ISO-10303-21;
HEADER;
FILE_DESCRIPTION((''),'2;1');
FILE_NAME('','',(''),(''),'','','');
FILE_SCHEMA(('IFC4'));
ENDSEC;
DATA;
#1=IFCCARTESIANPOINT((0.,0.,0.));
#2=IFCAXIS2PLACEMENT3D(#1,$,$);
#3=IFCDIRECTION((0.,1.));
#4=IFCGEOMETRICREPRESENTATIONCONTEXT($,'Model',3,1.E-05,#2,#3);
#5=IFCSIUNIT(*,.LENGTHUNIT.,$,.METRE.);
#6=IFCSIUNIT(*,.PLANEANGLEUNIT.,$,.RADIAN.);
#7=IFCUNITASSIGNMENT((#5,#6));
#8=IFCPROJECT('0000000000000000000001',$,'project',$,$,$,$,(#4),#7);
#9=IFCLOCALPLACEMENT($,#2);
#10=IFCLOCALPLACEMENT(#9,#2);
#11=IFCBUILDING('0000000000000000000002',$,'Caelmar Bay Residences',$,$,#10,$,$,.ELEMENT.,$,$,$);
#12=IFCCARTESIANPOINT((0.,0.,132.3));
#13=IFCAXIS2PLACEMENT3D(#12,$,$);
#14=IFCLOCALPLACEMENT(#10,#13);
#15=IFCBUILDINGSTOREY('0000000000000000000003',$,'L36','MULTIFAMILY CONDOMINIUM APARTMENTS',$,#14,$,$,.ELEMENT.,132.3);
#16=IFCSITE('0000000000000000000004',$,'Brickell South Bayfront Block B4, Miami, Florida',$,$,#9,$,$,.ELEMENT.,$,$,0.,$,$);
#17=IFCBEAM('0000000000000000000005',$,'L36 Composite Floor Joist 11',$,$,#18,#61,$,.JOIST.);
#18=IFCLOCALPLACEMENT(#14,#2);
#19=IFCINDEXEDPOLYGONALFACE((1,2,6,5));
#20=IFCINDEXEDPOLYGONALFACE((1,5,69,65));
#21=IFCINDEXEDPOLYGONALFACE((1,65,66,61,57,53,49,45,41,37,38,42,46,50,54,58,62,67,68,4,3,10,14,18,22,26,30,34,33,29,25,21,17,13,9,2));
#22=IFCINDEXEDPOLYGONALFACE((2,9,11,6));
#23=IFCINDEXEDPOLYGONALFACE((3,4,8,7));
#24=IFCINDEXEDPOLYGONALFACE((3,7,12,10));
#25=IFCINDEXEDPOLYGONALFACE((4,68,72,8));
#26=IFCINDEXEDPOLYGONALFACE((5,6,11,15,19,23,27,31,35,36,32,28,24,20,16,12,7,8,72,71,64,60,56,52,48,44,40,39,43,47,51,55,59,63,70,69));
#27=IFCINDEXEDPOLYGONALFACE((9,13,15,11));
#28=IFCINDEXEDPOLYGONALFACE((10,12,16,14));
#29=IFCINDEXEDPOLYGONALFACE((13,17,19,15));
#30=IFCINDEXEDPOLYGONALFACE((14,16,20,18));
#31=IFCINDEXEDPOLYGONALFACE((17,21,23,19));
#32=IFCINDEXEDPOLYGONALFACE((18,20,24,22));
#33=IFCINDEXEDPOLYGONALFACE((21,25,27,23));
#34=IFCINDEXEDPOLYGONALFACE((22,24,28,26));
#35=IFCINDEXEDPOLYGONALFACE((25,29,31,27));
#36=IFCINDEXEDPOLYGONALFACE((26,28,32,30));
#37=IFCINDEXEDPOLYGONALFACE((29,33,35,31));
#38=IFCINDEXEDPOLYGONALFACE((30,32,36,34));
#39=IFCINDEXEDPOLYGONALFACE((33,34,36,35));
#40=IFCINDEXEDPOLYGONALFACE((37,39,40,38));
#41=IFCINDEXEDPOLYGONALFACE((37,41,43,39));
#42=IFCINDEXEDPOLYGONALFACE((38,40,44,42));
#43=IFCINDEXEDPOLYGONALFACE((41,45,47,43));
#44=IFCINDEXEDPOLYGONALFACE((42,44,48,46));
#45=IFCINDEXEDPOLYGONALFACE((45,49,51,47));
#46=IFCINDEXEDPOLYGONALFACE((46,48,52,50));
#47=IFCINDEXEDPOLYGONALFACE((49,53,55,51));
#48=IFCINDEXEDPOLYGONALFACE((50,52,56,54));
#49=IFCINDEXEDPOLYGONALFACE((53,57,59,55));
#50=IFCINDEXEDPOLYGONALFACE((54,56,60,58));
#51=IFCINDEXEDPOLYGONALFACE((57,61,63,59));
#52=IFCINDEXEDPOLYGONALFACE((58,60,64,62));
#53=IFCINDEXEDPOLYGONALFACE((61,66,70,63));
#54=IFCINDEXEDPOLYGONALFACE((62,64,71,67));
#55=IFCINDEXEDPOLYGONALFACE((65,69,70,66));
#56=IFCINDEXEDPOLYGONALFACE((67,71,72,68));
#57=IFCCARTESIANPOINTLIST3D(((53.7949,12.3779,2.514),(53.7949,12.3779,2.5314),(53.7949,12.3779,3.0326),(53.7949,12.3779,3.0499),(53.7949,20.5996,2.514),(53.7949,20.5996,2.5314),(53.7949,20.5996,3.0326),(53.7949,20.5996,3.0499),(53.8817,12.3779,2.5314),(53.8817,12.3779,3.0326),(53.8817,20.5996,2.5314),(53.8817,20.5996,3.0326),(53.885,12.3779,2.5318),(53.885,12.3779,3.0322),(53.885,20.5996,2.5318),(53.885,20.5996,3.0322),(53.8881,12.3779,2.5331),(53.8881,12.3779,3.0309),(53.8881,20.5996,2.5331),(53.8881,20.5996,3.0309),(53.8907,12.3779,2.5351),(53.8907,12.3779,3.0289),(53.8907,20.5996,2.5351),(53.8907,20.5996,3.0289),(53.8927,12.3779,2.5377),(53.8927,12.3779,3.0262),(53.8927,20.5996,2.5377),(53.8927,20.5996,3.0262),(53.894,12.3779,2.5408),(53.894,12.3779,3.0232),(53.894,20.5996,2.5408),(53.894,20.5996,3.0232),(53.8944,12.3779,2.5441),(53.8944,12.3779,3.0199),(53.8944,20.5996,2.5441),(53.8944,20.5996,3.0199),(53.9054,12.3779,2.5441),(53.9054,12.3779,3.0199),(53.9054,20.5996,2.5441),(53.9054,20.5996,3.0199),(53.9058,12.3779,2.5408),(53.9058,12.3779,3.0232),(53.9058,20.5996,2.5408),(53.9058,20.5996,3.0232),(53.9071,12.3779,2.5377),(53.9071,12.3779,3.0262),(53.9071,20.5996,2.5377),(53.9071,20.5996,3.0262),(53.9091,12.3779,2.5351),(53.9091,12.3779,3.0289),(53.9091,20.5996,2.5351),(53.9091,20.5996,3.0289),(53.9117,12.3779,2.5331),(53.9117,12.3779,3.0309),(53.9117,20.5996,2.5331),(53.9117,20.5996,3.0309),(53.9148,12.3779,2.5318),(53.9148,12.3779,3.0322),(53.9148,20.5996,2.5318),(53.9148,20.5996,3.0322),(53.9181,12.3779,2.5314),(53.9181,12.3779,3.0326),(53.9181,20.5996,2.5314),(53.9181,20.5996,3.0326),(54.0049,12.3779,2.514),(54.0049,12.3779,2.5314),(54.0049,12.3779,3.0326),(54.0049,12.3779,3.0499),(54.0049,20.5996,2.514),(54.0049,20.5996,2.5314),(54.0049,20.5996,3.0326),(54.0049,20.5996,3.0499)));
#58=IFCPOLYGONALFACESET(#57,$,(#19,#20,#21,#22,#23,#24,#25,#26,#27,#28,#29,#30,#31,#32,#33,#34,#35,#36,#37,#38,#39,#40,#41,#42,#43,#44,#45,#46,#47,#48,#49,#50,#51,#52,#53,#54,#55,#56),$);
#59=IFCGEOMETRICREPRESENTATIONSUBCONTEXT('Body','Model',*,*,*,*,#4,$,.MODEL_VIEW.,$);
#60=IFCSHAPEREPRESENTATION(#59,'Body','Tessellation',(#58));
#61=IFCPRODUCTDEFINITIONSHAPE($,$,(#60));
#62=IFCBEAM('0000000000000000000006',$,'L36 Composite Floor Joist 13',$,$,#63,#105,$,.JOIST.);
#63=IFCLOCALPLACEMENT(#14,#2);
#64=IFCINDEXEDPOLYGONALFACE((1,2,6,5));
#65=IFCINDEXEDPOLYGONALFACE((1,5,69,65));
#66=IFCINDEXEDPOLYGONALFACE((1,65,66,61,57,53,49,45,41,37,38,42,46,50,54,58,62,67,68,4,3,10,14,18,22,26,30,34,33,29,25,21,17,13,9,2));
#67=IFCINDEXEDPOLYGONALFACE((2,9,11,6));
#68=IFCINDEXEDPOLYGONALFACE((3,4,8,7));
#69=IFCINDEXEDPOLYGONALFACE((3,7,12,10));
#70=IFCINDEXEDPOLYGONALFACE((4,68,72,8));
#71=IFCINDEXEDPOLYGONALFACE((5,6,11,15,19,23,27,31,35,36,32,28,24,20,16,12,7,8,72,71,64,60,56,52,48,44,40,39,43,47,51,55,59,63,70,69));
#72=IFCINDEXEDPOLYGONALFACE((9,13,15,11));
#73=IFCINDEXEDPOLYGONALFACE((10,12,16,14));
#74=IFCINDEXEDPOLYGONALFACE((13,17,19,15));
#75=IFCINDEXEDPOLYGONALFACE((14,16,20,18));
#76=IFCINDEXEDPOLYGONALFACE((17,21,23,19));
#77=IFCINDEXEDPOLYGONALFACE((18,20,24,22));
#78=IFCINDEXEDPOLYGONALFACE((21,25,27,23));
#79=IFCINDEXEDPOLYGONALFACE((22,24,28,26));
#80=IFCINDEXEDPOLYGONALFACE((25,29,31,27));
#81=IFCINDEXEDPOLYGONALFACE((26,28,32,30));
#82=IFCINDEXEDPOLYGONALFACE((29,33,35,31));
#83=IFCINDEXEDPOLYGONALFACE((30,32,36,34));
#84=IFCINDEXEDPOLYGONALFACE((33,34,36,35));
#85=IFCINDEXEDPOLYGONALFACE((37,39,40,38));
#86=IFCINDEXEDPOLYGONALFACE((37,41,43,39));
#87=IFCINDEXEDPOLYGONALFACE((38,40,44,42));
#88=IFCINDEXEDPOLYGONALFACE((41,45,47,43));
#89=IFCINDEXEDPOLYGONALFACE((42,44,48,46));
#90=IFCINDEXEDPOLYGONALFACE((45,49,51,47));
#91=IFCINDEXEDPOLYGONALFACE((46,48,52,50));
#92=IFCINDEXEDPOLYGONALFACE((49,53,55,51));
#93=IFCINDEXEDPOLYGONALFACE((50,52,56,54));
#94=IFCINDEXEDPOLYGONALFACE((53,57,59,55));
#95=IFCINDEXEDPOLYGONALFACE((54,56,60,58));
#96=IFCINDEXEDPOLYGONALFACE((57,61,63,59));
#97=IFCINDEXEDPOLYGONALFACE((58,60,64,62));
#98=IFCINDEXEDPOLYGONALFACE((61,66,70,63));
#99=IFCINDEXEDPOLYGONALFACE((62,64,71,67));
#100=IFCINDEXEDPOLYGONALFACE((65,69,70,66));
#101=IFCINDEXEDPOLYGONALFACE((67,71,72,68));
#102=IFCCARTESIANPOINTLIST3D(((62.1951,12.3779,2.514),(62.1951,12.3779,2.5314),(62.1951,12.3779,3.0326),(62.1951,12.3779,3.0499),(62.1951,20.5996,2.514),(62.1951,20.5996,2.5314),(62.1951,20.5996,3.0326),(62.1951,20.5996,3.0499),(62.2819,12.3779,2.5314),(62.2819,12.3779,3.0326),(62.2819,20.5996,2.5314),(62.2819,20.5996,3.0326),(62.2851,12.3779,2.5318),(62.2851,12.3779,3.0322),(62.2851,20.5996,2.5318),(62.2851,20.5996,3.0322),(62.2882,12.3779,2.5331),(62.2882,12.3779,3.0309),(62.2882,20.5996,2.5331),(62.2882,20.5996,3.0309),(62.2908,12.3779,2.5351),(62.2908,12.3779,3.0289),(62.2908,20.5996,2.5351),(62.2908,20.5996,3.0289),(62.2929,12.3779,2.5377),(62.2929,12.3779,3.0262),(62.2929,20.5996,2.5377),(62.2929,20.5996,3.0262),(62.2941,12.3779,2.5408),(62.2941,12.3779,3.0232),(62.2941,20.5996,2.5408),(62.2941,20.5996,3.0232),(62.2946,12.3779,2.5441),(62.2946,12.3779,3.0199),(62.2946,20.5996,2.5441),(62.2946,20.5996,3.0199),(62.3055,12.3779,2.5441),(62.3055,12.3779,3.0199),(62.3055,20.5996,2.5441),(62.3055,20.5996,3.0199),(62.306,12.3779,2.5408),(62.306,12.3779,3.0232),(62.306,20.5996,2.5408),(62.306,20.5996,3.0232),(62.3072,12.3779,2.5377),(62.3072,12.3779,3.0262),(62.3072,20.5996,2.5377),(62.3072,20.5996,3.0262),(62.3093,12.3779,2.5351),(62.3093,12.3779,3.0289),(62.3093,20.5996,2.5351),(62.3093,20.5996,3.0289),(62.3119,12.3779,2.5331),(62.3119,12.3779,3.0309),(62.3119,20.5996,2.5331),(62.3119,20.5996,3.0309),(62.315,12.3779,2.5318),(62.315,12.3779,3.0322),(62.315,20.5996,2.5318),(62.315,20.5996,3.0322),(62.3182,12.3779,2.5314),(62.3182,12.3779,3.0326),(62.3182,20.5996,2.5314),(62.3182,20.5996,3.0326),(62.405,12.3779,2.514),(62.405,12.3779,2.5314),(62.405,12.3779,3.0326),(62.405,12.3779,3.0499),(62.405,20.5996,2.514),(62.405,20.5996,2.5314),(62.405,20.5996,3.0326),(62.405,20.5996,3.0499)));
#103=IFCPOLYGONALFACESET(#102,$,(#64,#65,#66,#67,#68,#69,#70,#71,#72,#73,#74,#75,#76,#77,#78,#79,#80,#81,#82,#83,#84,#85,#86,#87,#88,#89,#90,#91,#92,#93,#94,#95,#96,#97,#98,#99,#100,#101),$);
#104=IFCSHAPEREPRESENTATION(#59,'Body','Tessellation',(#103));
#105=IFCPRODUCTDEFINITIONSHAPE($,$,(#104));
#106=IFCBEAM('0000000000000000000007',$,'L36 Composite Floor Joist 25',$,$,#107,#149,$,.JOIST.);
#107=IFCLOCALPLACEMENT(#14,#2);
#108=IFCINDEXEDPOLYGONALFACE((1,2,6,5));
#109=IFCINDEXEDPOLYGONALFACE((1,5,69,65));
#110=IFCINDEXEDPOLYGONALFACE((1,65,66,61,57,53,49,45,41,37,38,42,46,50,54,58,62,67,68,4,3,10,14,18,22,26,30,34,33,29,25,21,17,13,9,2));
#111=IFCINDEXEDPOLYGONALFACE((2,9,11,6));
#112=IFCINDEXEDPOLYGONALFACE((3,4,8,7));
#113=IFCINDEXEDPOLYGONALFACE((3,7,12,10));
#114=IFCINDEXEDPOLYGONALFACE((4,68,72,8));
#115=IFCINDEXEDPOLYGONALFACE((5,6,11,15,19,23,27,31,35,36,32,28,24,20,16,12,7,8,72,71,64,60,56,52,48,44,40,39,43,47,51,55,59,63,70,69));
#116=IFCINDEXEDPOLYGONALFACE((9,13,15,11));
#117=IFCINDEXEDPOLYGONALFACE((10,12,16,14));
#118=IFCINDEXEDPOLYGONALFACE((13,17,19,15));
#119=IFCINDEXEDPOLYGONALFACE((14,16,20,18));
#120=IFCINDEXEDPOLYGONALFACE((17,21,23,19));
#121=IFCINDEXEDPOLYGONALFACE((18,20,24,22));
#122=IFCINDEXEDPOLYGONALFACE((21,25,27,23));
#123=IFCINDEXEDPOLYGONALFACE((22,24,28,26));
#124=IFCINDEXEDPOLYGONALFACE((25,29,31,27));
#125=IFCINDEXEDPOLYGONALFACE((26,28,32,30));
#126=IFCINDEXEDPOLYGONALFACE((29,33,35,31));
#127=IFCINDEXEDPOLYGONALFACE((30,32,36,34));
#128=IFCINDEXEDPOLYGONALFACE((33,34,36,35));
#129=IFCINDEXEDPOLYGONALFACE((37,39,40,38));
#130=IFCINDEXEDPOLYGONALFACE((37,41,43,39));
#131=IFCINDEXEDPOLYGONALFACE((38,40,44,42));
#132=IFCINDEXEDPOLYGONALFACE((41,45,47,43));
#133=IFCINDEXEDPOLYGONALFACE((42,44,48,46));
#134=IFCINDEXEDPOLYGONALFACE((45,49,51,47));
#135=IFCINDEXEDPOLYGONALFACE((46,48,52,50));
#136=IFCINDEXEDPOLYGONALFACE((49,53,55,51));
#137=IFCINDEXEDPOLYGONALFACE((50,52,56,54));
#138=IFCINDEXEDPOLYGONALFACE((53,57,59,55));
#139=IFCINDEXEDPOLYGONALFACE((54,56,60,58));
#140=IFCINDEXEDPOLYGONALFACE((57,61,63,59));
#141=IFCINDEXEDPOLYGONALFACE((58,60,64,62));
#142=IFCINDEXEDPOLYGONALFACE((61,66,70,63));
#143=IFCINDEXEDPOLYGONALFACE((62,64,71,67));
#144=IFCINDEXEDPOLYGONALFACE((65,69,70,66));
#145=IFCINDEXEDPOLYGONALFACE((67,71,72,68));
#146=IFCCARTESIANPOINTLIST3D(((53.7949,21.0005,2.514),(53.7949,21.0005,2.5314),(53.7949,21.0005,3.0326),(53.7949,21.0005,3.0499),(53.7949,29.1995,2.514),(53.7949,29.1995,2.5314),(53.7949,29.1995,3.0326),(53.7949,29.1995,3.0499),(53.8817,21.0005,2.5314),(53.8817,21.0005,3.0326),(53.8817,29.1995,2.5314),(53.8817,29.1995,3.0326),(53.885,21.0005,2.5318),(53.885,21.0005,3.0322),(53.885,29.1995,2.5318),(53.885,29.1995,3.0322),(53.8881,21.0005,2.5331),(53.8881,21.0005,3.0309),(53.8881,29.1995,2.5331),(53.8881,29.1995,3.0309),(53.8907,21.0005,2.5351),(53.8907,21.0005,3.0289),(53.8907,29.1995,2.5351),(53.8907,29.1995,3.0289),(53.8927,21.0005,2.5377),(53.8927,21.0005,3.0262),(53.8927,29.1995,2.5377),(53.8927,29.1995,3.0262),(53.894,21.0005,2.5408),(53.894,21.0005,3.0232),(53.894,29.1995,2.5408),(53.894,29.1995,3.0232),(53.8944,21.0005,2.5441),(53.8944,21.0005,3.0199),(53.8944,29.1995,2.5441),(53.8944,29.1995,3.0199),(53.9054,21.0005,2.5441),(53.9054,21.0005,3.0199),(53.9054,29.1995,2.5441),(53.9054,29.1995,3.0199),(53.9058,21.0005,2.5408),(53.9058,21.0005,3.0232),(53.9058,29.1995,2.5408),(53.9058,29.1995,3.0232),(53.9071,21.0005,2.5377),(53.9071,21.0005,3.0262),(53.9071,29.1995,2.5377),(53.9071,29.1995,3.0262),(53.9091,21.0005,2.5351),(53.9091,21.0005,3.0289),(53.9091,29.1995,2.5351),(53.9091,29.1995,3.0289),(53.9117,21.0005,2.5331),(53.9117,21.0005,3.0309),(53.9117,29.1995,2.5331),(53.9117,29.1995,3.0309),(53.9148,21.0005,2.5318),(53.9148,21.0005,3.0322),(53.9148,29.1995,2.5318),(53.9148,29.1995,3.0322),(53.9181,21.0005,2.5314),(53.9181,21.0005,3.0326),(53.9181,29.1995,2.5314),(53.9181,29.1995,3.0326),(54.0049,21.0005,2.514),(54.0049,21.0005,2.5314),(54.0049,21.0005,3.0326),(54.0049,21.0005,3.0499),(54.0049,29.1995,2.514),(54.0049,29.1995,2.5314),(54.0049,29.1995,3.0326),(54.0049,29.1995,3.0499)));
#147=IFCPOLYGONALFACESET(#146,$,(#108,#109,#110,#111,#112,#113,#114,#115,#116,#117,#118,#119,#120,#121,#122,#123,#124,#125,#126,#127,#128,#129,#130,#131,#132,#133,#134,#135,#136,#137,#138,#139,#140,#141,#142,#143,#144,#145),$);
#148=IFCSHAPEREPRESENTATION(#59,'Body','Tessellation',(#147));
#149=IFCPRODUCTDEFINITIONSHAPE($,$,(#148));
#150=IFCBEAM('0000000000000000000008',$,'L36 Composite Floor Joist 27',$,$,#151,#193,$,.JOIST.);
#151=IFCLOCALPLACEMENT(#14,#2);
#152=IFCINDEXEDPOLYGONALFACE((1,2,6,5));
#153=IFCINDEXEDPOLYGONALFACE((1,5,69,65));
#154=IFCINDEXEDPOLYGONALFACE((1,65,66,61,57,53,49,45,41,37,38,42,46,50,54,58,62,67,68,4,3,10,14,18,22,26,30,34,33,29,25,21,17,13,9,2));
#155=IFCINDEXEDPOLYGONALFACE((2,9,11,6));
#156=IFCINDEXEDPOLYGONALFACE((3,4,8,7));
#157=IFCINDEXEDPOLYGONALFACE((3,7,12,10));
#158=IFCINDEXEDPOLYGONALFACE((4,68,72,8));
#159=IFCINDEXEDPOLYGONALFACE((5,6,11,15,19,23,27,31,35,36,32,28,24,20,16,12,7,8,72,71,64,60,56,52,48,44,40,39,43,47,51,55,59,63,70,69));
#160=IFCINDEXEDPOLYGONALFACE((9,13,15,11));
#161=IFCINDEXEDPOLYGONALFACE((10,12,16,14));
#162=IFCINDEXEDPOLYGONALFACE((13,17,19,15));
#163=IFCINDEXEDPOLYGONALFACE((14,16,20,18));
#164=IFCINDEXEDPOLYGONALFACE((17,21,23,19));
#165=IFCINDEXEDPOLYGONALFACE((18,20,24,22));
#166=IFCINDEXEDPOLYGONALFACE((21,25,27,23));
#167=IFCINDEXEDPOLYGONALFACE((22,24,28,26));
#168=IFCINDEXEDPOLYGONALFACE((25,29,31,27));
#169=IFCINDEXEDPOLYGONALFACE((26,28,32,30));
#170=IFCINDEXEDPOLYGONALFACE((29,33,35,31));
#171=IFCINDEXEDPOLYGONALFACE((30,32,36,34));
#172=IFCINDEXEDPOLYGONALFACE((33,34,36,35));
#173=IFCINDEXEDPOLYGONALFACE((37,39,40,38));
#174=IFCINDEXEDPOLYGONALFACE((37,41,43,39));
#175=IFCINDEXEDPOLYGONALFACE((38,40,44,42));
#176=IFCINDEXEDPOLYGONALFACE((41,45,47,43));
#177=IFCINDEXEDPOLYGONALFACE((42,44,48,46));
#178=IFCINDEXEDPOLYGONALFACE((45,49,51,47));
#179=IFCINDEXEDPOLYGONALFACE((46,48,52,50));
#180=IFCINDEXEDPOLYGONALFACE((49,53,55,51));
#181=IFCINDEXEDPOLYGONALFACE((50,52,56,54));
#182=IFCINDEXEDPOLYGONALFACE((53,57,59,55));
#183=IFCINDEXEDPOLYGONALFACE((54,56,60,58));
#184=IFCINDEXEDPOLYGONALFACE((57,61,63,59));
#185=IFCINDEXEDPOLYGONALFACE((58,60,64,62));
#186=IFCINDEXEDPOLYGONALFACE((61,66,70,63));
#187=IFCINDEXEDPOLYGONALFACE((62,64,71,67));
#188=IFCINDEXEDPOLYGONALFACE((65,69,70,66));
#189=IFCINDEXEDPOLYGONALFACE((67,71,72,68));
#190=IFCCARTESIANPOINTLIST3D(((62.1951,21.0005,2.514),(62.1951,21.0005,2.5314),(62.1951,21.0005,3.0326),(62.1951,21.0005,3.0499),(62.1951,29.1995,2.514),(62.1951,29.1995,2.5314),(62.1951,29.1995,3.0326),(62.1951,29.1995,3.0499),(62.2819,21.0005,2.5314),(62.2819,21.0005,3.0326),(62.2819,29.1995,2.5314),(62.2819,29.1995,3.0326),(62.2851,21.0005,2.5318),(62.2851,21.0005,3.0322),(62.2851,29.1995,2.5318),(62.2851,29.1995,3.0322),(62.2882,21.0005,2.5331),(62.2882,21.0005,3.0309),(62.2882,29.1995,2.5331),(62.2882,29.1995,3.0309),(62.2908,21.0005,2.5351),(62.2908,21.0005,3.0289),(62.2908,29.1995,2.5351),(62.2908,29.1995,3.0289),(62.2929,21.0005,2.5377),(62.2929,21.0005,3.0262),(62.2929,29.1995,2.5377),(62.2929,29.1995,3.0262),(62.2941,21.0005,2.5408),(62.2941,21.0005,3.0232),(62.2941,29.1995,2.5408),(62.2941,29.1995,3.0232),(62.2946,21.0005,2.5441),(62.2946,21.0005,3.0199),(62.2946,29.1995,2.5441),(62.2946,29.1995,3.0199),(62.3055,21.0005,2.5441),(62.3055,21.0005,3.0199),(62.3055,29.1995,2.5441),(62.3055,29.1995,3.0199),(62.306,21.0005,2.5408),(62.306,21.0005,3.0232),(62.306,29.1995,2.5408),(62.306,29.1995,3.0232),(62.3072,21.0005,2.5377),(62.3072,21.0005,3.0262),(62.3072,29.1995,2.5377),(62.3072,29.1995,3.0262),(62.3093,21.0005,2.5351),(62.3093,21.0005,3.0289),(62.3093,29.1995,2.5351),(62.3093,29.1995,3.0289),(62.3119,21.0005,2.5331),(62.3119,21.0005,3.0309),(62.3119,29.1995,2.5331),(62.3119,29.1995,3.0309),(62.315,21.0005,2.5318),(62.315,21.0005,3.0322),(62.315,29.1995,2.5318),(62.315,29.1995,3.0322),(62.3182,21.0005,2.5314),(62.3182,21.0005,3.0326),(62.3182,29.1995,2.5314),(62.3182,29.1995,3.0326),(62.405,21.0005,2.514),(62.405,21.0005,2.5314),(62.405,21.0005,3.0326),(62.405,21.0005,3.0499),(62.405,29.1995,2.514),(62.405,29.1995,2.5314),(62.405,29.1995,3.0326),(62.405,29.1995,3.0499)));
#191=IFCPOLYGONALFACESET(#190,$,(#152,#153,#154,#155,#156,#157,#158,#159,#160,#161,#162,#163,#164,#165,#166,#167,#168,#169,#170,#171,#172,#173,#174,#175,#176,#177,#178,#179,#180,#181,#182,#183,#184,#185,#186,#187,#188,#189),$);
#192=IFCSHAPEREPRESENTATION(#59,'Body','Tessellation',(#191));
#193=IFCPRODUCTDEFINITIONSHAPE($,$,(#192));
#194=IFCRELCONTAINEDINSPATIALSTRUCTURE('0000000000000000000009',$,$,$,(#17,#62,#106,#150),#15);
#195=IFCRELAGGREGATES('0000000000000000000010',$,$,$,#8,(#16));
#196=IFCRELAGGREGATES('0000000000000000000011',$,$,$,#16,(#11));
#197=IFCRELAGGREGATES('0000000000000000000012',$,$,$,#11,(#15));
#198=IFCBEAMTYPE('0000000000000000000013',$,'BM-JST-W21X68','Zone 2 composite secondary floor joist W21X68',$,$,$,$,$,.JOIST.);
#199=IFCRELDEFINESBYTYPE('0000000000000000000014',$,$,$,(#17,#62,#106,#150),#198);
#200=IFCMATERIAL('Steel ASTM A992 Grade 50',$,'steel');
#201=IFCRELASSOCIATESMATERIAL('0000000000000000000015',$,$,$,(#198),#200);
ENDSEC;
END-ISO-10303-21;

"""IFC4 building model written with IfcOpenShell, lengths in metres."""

from ifc_helpers import new_model, si_unit, direction, frame, origin, origin_2d, place, context, subcontext, project, spatial, i_section, extrude, material, material_profile, profile_set, type_object, element, save


model = new_model("IFC4")

# Units and contexts
model_context = context("Model", 3, precision=1e-05, world=origin(), true_north=direction((0.0, 1.0)))
body_context = subcontext(model_context, "Body", "Model", "MODEL_VIEW")
ifc_project = project(units=[si_unit("LENGTHUNIT", "METRE"), si_unit("PLANEANGLEUNIT", "RADIAN")], contexts=[model_context])

# Site, building, storey
site_placement = place(None, origin())
site = spatial("IfcSite", under=ifc_project, at=site_placement, Name="Brickell South Bayfront Block B4, Miami, Florida", CompositionType="ELEMENT", RefElevation=0.0)
building_placement = place(site_placement, origin())
building = spatial("IfcBuilding", under=site, at=building_placement, Name="Caelmar Bay Residences", CompositionType="ELEMENT")
storey_placement = place(building_placement, frame((0.0, 0.0, 132.3)))
storey = spatial("IfcBuildingStorey", under=building, at=storey_placement, Name="L36", Description="MULTIFAMILY CONDOMINIUM APARTMENTS", CompositionType="ELEMENT", Elevation=132.3)

# Beams
ifc_material_1 = material(Name="Steel ASTM A992 Grade 50", Category="steel")
ifc_material_profile_1 = material_profile(ifc_material_1, i_section(OverallWidth=0.21, OverallDepth=0.5359, WebThickness=0.011, FlangeThickness=0.0173, FilletRadius=0.0127, at=origin_2d()), Name="W21X68")
ifc_profile_set_1 = profile_set([ifc_material_profile_1], Name="Steel ASTM A992 Grade 50")
beam_type_1 = type_object("IfcBeamType", Name="BM-JST-W21X68", Description="Zone 2 composite secondary floor joist W21X68", PredefinedType="JOIST", material=ifc_profile_set_1)
for number, where, z_axis, x_axis, name in (
    (1, (53.8999, 12.3779, 2.782), (0.0, 1.0, 0.0), (-1.0, 0.0, 0.0), "L36 Composite Floor Joist 11"),
    (2, (62.3, 12.3779, 2.782), (0.0, 1.0, 0.0), (-1.0, 0.0, 0.0), "L36 Composite Floor Joist 13"),
):
    element("IfcBeam", number, at=place(storey_placement, frame(where, z_axis=z_axis, x_axis=x_axis)), inside=storey, type_object=beam_type_1, Name=name, PredefinedType="JOIST", context=body_context, shape_type="SweptSolid", body=[
        extrude(i_section(OverallWidth=0.21, OverallDepth=0.5359, WebThickness=0.011, FlangeThickness=0.0173, FilletRadius=0.0127, at=origin_2d()), origin(), (0.0, 0.0, 1.0), 8.2217),
    ])
for number, where, z_axis, x_axis, name in (
    (3, (53.8999, 21.0005, 2.782), (0.0, 1.0, 0.0), (-1.0, 0.0, 0.0), "L36 Composite Floor Joist 25"),
    (4, (62.3, 21.0005, 2.782), (0.0, 1.0, 0.0), (-1.0, 0.0, 0.0), "L36 Composite Floor Joist 27"),
):
    element("IfcBeam", number, at=place(storey_placement, frame(where, z_axis=z_axis, x_axis=x_axis)), inside=storey, type_object=beam_type_1, Name=name, PredefinedType="JOIST", context=body_context, shape_type="SweptSolid", body=[
        extrude(i_section(OverallWidth=0.21, OverallDepth=0.5359, WebThickness=0.011, FlangeThickness=0.0173, FilletRadius=0.0127, at=origin_2d()), origin(), (0.0, 0.0, 1.0), 8.199),
    ])

save(model, "model.ifc")
